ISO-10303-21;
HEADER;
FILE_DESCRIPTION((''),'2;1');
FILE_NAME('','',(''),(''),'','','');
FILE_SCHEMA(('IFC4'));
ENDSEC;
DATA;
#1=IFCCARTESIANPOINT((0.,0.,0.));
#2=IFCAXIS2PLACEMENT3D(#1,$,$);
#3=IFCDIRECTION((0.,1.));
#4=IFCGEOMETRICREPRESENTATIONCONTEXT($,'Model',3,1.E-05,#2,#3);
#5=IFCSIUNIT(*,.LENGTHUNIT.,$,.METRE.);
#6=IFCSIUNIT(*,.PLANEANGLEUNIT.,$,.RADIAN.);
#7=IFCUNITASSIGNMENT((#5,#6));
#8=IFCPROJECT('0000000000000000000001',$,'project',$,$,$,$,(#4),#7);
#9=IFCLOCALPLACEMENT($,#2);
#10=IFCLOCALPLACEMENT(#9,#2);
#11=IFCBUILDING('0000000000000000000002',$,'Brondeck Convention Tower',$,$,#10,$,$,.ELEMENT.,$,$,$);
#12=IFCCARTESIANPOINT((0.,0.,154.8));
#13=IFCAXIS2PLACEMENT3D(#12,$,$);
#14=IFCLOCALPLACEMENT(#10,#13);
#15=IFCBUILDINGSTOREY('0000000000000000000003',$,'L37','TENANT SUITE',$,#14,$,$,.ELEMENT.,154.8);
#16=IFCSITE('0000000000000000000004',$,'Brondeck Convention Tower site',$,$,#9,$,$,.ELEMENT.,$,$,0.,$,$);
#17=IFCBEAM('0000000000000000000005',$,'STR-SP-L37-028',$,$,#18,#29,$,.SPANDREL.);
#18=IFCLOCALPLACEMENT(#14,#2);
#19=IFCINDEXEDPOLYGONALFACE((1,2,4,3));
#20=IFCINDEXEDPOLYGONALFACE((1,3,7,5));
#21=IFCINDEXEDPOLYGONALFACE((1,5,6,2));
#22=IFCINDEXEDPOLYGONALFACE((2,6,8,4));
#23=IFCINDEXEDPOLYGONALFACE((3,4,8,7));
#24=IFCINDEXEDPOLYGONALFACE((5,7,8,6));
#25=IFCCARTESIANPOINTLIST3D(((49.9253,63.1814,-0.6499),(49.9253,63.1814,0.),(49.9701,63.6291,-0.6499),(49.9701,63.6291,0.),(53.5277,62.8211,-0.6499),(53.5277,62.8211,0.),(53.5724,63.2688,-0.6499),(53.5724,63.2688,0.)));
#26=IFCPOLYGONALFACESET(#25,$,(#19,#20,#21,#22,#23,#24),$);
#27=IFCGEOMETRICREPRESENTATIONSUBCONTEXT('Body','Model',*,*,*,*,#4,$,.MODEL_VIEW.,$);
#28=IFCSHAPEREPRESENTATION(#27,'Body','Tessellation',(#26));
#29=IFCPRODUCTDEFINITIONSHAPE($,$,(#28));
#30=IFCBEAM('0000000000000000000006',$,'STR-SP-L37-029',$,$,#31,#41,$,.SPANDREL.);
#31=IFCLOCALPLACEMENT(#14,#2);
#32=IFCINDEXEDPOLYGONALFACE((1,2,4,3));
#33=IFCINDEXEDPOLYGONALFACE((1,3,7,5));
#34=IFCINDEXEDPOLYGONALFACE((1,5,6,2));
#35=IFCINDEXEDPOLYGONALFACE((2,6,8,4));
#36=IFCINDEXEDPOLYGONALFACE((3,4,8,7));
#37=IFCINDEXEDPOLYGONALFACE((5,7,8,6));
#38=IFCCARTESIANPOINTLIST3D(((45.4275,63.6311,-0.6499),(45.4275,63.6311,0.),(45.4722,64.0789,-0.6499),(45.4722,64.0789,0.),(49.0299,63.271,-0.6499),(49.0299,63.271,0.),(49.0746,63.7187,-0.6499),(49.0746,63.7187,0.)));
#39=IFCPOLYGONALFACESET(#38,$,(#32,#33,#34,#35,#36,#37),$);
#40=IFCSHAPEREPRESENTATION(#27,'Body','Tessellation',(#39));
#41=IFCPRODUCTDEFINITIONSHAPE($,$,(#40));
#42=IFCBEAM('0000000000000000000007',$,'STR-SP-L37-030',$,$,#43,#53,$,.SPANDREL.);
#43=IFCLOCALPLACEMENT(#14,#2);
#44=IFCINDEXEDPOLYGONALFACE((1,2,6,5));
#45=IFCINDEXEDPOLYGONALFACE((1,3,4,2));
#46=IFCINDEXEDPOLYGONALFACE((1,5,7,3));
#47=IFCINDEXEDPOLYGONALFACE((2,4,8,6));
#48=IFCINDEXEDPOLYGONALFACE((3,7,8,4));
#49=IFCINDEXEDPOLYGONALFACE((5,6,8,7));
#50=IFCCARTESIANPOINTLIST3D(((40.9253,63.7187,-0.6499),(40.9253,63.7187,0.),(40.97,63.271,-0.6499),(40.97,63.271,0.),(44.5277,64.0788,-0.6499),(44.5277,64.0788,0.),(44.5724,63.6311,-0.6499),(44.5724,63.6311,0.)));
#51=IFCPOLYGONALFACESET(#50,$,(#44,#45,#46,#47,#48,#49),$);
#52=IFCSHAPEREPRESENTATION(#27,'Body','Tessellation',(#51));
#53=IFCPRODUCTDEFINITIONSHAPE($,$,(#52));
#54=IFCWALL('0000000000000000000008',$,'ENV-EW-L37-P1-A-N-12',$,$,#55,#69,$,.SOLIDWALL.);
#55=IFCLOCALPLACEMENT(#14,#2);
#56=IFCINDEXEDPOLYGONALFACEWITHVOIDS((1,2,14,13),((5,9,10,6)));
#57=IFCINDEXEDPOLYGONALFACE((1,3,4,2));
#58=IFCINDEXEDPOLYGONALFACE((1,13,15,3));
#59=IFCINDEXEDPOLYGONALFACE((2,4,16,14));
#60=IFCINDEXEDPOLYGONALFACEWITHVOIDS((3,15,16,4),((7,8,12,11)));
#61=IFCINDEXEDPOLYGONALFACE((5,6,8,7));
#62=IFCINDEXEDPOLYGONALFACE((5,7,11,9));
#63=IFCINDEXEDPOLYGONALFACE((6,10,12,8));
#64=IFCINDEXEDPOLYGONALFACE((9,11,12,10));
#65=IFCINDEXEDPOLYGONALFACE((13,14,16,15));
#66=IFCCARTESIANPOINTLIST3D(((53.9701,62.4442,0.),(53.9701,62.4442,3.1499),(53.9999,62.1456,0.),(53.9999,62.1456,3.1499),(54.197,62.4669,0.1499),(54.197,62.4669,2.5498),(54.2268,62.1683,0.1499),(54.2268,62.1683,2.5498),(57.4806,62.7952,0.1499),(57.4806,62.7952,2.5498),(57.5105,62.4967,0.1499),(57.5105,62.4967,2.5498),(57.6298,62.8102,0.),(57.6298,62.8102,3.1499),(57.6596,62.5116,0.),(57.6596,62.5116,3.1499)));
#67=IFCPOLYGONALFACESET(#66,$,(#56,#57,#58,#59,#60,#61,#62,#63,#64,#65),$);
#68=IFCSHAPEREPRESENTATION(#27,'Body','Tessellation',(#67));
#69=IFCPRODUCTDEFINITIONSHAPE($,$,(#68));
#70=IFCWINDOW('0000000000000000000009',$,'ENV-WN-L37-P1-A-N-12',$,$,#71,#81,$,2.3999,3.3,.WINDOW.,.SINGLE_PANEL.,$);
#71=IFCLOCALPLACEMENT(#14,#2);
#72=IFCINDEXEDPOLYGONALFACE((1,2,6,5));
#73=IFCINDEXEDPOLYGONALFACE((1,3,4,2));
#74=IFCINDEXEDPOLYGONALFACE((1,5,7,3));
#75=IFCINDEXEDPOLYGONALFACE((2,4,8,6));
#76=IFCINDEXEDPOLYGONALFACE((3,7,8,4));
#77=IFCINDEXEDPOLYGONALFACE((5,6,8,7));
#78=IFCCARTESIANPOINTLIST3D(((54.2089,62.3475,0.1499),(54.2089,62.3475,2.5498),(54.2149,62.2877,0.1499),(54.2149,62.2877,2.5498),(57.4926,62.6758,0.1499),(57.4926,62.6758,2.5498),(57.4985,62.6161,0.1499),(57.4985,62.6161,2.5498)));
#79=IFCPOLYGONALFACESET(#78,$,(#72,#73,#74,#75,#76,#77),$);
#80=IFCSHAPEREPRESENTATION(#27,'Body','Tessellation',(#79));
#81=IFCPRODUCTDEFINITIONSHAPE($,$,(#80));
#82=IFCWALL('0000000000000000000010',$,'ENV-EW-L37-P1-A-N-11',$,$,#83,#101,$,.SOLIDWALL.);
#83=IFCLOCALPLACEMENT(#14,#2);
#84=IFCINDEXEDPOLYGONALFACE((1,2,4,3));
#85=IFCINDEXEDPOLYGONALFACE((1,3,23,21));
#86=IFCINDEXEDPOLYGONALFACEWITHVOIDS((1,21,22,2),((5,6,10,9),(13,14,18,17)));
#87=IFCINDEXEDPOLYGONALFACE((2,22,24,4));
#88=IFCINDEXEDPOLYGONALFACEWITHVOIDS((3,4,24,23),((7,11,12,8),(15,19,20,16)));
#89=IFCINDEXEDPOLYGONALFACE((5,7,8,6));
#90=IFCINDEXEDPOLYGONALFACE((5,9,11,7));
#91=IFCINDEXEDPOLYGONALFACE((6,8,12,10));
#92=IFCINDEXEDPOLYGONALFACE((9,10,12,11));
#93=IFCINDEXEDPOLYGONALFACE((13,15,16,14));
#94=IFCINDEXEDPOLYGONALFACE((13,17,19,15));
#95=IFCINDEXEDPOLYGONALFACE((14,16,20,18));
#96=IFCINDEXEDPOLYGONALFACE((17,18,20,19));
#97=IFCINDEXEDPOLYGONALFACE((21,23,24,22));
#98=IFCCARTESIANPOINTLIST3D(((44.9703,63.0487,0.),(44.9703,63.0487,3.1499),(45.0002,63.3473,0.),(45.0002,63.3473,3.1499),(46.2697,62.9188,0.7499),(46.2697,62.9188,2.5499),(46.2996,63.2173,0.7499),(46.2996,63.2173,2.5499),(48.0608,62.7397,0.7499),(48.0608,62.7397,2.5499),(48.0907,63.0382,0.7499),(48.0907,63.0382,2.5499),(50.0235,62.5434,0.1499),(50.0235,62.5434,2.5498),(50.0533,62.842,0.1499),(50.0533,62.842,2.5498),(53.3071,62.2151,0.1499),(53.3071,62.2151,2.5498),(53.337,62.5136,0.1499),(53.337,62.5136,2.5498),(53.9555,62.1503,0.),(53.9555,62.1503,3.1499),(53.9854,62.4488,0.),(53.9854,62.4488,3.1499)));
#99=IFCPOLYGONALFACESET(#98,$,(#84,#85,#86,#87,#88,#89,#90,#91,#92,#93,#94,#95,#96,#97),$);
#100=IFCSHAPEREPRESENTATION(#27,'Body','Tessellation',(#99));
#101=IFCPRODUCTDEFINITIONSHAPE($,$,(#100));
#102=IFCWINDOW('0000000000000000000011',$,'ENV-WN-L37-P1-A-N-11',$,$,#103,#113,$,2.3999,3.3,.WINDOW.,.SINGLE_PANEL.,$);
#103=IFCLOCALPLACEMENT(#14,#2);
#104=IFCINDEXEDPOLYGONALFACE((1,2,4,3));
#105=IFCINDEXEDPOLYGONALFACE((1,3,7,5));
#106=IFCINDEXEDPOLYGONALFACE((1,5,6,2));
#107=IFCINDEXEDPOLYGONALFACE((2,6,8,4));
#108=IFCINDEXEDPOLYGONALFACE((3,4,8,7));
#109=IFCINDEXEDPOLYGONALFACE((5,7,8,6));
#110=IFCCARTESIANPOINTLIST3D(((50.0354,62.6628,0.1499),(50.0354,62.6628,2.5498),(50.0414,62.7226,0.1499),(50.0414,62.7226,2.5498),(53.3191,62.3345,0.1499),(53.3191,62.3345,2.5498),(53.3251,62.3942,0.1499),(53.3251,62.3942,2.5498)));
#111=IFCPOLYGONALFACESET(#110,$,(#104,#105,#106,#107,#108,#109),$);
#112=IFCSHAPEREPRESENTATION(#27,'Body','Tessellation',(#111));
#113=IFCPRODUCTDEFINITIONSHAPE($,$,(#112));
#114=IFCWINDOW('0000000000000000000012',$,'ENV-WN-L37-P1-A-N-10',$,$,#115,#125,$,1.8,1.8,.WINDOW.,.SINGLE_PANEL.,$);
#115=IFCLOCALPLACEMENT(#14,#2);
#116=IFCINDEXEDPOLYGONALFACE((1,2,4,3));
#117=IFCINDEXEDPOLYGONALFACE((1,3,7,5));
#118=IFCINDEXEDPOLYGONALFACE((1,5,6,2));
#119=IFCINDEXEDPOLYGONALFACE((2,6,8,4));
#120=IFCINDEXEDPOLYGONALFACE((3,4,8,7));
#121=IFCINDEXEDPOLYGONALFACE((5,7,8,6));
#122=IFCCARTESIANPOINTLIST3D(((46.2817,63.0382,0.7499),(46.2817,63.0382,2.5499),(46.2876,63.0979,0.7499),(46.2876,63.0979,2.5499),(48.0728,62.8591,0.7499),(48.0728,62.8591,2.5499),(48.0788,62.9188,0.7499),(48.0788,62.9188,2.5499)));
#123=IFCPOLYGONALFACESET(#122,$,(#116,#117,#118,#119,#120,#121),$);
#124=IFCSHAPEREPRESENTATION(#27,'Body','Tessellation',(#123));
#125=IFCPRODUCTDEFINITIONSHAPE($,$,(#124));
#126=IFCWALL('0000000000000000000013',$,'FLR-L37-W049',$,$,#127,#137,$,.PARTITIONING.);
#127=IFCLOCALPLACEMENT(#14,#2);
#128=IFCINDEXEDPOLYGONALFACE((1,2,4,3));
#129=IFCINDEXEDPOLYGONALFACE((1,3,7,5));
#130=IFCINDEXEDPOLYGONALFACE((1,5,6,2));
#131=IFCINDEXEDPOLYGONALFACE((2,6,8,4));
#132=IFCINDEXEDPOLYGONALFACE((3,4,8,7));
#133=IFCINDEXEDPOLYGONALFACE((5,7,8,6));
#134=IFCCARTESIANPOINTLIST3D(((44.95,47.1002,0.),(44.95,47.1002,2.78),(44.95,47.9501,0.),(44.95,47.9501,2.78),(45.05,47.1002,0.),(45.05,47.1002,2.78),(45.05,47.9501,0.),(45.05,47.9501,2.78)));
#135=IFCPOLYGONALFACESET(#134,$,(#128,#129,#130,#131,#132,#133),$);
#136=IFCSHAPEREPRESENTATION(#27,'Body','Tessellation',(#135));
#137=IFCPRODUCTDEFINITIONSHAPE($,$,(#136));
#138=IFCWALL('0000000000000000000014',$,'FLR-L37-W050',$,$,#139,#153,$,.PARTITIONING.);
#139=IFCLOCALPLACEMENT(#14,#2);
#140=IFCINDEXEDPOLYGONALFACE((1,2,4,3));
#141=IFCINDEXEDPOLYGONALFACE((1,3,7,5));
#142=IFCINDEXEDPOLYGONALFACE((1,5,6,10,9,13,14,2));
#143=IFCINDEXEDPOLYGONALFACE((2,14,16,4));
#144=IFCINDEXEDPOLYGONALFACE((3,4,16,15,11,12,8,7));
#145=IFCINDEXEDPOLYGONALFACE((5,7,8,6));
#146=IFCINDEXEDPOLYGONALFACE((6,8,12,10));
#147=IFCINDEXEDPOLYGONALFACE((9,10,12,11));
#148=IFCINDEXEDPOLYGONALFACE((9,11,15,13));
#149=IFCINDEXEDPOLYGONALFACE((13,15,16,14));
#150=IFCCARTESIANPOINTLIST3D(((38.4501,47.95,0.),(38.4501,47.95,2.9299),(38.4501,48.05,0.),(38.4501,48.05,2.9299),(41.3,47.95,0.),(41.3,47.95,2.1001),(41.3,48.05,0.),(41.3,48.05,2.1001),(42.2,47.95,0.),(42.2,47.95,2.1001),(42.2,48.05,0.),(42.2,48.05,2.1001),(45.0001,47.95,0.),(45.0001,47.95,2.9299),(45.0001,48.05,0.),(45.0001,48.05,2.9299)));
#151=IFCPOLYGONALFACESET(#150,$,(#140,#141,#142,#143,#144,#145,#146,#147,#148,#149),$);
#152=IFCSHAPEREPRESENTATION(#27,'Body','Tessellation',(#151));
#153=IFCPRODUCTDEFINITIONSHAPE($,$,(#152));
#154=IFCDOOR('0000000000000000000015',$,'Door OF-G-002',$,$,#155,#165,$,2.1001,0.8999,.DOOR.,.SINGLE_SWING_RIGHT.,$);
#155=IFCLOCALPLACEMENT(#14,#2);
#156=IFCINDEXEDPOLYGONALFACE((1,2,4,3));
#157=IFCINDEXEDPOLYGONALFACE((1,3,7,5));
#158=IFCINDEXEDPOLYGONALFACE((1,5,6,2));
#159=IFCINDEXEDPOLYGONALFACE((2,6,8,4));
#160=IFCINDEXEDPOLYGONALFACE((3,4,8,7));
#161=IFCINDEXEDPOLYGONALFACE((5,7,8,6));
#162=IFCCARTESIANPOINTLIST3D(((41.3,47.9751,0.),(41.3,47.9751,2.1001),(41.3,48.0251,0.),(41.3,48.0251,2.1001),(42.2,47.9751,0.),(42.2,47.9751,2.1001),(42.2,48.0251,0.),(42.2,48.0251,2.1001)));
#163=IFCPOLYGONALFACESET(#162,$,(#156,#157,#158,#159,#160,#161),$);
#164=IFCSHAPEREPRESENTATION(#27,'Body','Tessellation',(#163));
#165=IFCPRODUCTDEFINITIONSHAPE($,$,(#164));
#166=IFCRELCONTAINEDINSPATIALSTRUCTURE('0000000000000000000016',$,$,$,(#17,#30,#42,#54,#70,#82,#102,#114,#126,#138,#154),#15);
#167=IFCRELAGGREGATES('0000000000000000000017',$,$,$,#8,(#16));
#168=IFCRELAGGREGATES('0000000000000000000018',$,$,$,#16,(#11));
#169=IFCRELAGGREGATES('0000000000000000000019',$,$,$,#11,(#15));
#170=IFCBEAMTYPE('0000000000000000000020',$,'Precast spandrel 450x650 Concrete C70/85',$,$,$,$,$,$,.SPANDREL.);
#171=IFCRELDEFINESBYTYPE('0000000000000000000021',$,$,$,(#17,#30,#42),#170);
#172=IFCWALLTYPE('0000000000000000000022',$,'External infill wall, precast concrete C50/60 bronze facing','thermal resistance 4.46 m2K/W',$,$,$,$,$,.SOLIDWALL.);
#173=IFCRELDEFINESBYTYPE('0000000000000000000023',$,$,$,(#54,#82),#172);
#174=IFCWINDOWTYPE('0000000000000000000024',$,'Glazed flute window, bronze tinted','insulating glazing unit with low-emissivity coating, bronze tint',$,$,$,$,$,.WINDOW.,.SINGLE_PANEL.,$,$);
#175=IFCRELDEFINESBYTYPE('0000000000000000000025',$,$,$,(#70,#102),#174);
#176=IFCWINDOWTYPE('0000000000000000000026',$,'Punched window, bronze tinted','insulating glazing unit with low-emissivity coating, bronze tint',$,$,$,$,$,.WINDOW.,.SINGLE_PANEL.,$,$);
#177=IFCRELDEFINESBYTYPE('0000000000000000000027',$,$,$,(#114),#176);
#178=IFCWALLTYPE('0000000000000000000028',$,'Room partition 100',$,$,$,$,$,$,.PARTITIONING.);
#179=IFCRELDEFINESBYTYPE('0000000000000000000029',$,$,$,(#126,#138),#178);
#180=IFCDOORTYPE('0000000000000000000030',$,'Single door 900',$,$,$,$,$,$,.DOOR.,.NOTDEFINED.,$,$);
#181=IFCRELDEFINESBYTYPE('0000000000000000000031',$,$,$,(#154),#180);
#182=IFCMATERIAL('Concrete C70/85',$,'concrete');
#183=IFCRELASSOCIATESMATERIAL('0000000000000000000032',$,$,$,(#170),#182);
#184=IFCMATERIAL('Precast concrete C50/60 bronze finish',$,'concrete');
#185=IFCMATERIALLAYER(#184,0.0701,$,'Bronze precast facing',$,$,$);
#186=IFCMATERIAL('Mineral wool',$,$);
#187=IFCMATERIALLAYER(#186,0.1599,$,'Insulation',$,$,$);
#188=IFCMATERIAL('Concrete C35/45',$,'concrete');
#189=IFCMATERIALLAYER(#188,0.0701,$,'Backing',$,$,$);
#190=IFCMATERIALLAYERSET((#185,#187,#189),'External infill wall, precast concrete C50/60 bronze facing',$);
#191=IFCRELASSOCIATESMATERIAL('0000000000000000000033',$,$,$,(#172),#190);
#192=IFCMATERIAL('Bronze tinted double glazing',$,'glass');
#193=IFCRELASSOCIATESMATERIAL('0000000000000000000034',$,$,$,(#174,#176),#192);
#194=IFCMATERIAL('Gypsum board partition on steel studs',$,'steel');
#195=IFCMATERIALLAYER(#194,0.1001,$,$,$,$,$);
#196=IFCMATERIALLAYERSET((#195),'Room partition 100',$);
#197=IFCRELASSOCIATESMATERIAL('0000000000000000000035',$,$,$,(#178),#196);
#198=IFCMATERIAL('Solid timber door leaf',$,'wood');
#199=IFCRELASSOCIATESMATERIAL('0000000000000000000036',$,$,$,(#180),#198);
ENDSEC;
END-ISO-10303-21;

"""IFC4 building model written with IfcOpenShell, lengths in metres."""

from ifc_helpers import new_model, si_unit, direction, frame, frame_2d, origin, origin_2d, place, context, subcontext, project, spatial, rectangle, extrude, material, layer, layer_set, material_profile, profile_set, type_object, element, fill, save


model = new_model("IFC4")

# Units and contexts
model_context = context("Model", 3, precision=1e-05, world=origin(), true_north=direction((0.0, 1.0)))
body_context = subcontext(model_context, "Body", "Model", "MODEL_VIEW")
ifc_project = project(units=[si_unit("LENGTHUNIT", "METRE"), si_unit("PLANEANGLEUNIT", "RADIAN")], contexts=[model_context])

# Site, building, storey
site_placement = place(None, origin())
site = spatial("IfcSite", under=ifc_project, at=site_placement, Name="Brondeck Convention Tower site", CompositionType="ELEMENT", RefElevation=0.0)
building_placement = place(site_placement, origin())
building = spatial("IfcBuilding", under=site, at=building_placement, Name="Brondeck Convention Tower", CompositionType="ELEMENT")
storey_placement = place(building_placement, frame((0.0, 0.0, 154.8)))
storey = spatial("IfcBuildingStorey", under=building, at=storey_placement, Name="L37", Description="TENANT SUITE", CompositionType="ELEMENT", Elevation=154.8)

# Shared definitions
ifc_material_1 = material(Name="Concrete C70/85", Category="concrete")

# Beams
ifc_material_profile_1 = material_profile(ifc_material_1, rectangle(XDim=0.45, YDim=0.6499, at=origin_2d()), Name="Precast spandrel 450x650 Concrete C70/85")
ifc_profile_set_1 = profile_set([ifc_material_profile_1], Name="Concrete C70/85")
beam_type_1 = type_object("IfcBeamType", Name="Precast spandrel 450x650 Concrete C70/85", PredefinedType="SPANDREL", material=ifc_profile_set_1)
for number, where, z_axis, x_axis, name in (
    (1, (53.55, 63.0449, -0.325), (-0.995034, 0.099537, 0.0), (-0.099537, -0.995034, 0.0), "STR-SP-L37-028"),
    (2, (49.0522, 63.4949, -0.325), (-0.995041, 0.09947, 0.0), (-0.09947, -0.995041, 0.0), "STR-SP-L37-029"),
    (3, (44.55, 63.855, -0.325), (-0.995041, -0.09947, 0.0), (0.09947, -0.995041, 0.0), "STR-SP-L37-030"),
):
    element("IfcBeam", number, at=place(storey_placement, frame(where, z_axis=z_axis, x_axis=x_axis)), inside=storey, type_object=beam_type_1, Name=name, PredefinedType="SPANDREL", context=body_context, shape_type="SweptSolid", body=[
        extrude(rectangle(XDim=0.45, YDim=0.6499, at=origin_2d()), origin(), (0.0, 0.0, 1.0), 3.6204),
    ])

# Wall, opening, window
ifc_material_2 = material(Name="Precast concrete C50/60 bronze finish", Category="concrete")
ifc_layer_1 = layer(ifc_material_2, 0.0701, Name="Bronze precast facing")
ifc_material_3 = material(Name="Mineral wool")
ifc_layer_2 = layer(ifc_material_3, 0.1599, Name="Insulation")
ifc_material_4 = material(Name="Concrete C35/45", Category="concrete")
ifc_layer_3 = layer(ifc_material_4, 0.0701, Name="Backing")
ifc_layer_set_1 = layer_set([ifc_layer_1, ifc_layer_2, ifc_layer_3], Name="External infill wall, precast concrete C50/60 bronze facing")
wall_type_1 = type_object("IfcWallType", Name="External infill wall, precast concrete C50/60 bronze facing", Description="thermal resistance 4.46 m2K/W", PredefinedType="SOLIDWALL", material=ifc_layer_set_1)
wall_1_placement = place(storey_placement, frame((53.9851, 62.2949, 0.0), z_axis=(0.0, 0.0, 1.0), x_axis=(0.995037, 0.099504, 0.0)))
wall_1 = element("IfcWall", 4, at=wall_1_placement, inside=storey, type_object=wall_type_1, Name="ENV-EW-L37-P1-A-N-12", PredefinedType="SOLIDWALL", context=body_context, shape_type="SweptSolid", body=[
    extrude(rectangle(XDim=3.678, YDim=0.3, at=frame_2d((1.8389, 0.0))), origin(), (0.0, 0.0, 1.0), 3.1499),
])
opening_1_placement = place(wall_1_placement, frame((0.228, 0.0, 0.1499)))
opening_1 = element("IfcOpeningElement", 5, at=opening_1_placement, cuts=wall_1, PredefinedType="OPENING", context=body_context, shape_type="SweptSolid", body=[
    extrude(rectangle(XDim=3.3, YDim=2.3999, at=frame_2d((1.6499, 1.2))), frame((0.0, 0.1599, 0.0), z_axis=(0.0, -1.0, 0.0), x_axis=(1.0, 0.0, 0.0)), (0.0, 0.0, 1.0), 0.3201),
])
ifc_material_5 = material(Name="Bronze tinted double glazing", Category="glass")
window_type_1 = type_object("IfcWindowType", Name="Glazed flute window, bronze tinted", Description="insulating glazing unit with low-emissivity coating, bronze tint", PartitioningType="SINGLE_PANEL", PredefinedType="WINDOW", material=ifc_material_5)
window_1_placement = place(opening_1_placement, origin())
window_1 = element("IfcWindow", 6, at=window_1_placement, inside=storey, type_object=window_type_1, Name="ENV-WN-L37-P1-A-N-12", OverallHeight=2.3999, OverallWidth=3.3, PartitioningType="SINGLE_PANEL", PredefinedType="WINDOW", context=body_context, shape_type="SweptSolid", body=[
    extrude(rectangle(XDim=3.3, YDim=2.3999, at=frame_2d((1.6499, 1.2))), frame((0.0, 0.03, 0.0), z_axis=(0.0, -1.0, 0.0), x_axis=(1.0, 0.0, 0.0)), (0.0, 0.0, 1.0), 0.0601),
])
fill(opening_1, window_1)

# Wall, openings, windows
wall_2_placement = place(storey_placement, frame((44.9851, 63.198, 0.0), z_axis=(0.0, 0.0, 1.0), x_axis=(0.995038, -0.099496, 0.0)))
wall_2 = element("IfcWall", 7, at=wall_2_placement, inside=storey, type_object=wall_type_1, Name="ENV-EW-L37-P1-A-N-11", PredefinedType="SOLIDWALL", context=body_context, shape_type="SweptSolid", body=[
    extrude(rectangle(XDim=9.03, YDim=0.3, at=frame_2d((4.5151, 0.0))), origin(), (0.0, 0.0, 1.0), 3.1499),
])
opening_2_placement = place(wall_2_placement, frame((1.3062, 0.0, 0.75)))
opening_2 = element("IfcOpeningElement", 8, at=opening_2_placement, cuts=wall_2, PredefinedType="OPENING", context=body_context, shape_type="SweptSolid", body=[
    extrude(rectangle(XDim=1.8, YDim=1.8, at=frame_2d((0.8999, 0.8999))), frame((0.0, 0.1599, 0.0), z_axis=(0.0, -1.0, 0.0), x_axis=(1.0, 0.0, 0.0)), (0.0, 0.0, 1.0), 0.3201),
])
opening_3_placement = place(wall_2_placement, frame((5.0786, 0.0, 0.1499)))
opening_3 = element("IfcOpeningElement", 9, at=opening_3_placement, cuts=wall_2, PredefinedType="OPENING", context=body_context, shape_type="SweptSolid", body=[
    extrude(rectangle(XDim=3.3, YDim=2.3999, at=frame_2d((1.6499, 1.2))), frame((0.0, 0.1599, 0.0), z_axis=(0.0, -1.0, 0.0), x_axis=(1.0, 0.0, 0.0)), (0.0, 0.0, 1.0), 0.3201),
])
window_2_placement = place(opening_3_placement, origin())
window_2 = element("IfcWindow", 10, at=window_2_placement, inside=storey, type_object=window_type_1, Name="ENV-WN-L37-P1-A-N-11", OverallHeight=2.3999, OverallWidth=3.3, PartitioningType="SINGLE_PANEL", PredefinedType="WINDOW", context=body_context, shape_type="SweptSolid", body=[
    extrude(rectangle(XDim=3.3, YDim=2.3999, at=frame_2d((1.6499, 1.2))), frame((0.0, 0.03, 0.0), z_axis=(0.0, -1.0, 0.0), x_axis=(1.0, 0.0, 0.0)), (0.0, 0.0, 1.0), 0.0601),
])
fill(opening_3, window_2)
window_type_2 = type_object("IfcWindowType", Name="Punched window, bronze tinted", Description="insulating glazing unit with low-emissivity coating, bronze tint", PartitioningType="SINGLE_PANEL", PredefinedType="WINDOW", material=ifc_material_5)
window_3_placement = place(opening_2_placement, origin())
window_3 = element("IfcWindow", 11, at=window_3_placement, inside=storey, type_object=window_type_2, Name="ENV-WN-L37-P1-A-N-10", OverallHeight=1.8, OverallWidth=1.8, PartitioningType="SINGLE_PANEL", PredefinedType="WINDOW", context=body_context, shape_type="SweptSolid", body=[
    extrude(rectangle(XDim=1.8, YDim=1.8, at=frame_2d((0.8999, 0.8999))), frame((0.0, 0.03, 0.0), z_axis=(0.0, -1.0, 0.0), x_axis=(1.0, 0.0, 0.0)), (0.0, 0.0, 1.0), 0.0601),
])
fill(opening_2, window_3)

# Wall
ifc_material_6 = material(Name="Gypsum board partition on steel studs", Category="steel")
ifc_layer_4 = layer(ifc_material_6, 0.1001)
ifc_layer_set_2 = layer_set([ifc_layer_4], Name="Room partition 100")
wall_type_2 = type_object("IfcWallType", Name="Room partition 100", PredefinedType="PARTITIONING", material=ifc_layer_set_2)
wall_3_placement = place(storey_placement, frame((45.0, 47.95, 0.0), z_axis=(0.0, 0.0, 1.0), x_axis=(0.0, -1.0, 0.0)))
element("IfcWall", 12, at=wall_3_placement, inside=storey, type_object=wall_type_2, Name="FLR-L37-W049", PredefinedType="PARTITIONING", context=body_context, shape_type="SweptSolid", body=[
    extrude(rectangle(XDim=0.8499, YDim=0.1001, at=frame_2d((0.4248, 0.0))), origin(), (0.0, 0.0, 1.0), 2.78),
])

# Wall, opening, door
wall_4_placement = place(storey_placement, frame((45.0, 48.0, 0.0), z_axis=(0.0, 0.0, 1.0), x_axis=(-1.0, 0.0, 0.0)))
wall_4 = element("IfcWall", 13, at=wall_4_placement, inside=storey, type_object=wall_type_2, Name="FLR-L37-W050", PredefinedType="PARTITIONING", context=body_context, shape_type="SweptSolid", body=[
    extrude(rectangle(XDim=6.55, YDim=0.1001, at=frame_2d((3.2749, 0.0))), origin(), (0.0, 0.0, 1.0), 2.9299),
])
opening_4_placement = place(wall_4_placement, frame((2.8, 0.0, 0.0)))
opening_4 = element("IfcOpeningElement", 14, at=opening_4_placement, cuts=wall_4, PredefinedType="OPENING", context=body_context, shape_type="SweptSolid", body=[
    extrude(rectangle(XDim=0.8999, YDim=2.1001, at=frame_2d((0.45, 1.05))), frame((0.0, 0.0601, 0.0), z_axis=(0.0, -1.0, 0.0), x_axis=(1.0, 0.0, 0.0)), (0.0, 0.0, 1.0), 0.1201),
])
ifc_material_7 = material(Name="Solid timber door leaf", Category="wood")
door_type = type_object("IfcDoorType", Name="Single door 900", OperationType="NOTDEFINED", PredefinedType="DOOR", material=ifc_material_7)
door_1_placement = place(opening_4_placement, origin())
door_1 = element("IfcDoor", 15, at=door_1_placement, inside=storey, type_object=door_type, Name="Door OF-G-002", OperationType="SINGLE_SWING_RIGHT", OverallHeight=2.1001, OverallWidth=0.8999, PredefinedType="DOOR", context=body_context, shape_type="SweptSolid", body=[
    extrude(rectangle(XDim=0.8999, YDim=2.1001, at=frame_2d((0.45, 1.05))), frame((0.0, 0.0249, 0.0), z_axis=(0.0, -1.0, 0.0), x_axis=(1.0, 0.0, 0.0)), (0.0, 0.0, 1.0), 0.05),
])
fill(opening_4, door_1)

save(model, "model.ifc")
